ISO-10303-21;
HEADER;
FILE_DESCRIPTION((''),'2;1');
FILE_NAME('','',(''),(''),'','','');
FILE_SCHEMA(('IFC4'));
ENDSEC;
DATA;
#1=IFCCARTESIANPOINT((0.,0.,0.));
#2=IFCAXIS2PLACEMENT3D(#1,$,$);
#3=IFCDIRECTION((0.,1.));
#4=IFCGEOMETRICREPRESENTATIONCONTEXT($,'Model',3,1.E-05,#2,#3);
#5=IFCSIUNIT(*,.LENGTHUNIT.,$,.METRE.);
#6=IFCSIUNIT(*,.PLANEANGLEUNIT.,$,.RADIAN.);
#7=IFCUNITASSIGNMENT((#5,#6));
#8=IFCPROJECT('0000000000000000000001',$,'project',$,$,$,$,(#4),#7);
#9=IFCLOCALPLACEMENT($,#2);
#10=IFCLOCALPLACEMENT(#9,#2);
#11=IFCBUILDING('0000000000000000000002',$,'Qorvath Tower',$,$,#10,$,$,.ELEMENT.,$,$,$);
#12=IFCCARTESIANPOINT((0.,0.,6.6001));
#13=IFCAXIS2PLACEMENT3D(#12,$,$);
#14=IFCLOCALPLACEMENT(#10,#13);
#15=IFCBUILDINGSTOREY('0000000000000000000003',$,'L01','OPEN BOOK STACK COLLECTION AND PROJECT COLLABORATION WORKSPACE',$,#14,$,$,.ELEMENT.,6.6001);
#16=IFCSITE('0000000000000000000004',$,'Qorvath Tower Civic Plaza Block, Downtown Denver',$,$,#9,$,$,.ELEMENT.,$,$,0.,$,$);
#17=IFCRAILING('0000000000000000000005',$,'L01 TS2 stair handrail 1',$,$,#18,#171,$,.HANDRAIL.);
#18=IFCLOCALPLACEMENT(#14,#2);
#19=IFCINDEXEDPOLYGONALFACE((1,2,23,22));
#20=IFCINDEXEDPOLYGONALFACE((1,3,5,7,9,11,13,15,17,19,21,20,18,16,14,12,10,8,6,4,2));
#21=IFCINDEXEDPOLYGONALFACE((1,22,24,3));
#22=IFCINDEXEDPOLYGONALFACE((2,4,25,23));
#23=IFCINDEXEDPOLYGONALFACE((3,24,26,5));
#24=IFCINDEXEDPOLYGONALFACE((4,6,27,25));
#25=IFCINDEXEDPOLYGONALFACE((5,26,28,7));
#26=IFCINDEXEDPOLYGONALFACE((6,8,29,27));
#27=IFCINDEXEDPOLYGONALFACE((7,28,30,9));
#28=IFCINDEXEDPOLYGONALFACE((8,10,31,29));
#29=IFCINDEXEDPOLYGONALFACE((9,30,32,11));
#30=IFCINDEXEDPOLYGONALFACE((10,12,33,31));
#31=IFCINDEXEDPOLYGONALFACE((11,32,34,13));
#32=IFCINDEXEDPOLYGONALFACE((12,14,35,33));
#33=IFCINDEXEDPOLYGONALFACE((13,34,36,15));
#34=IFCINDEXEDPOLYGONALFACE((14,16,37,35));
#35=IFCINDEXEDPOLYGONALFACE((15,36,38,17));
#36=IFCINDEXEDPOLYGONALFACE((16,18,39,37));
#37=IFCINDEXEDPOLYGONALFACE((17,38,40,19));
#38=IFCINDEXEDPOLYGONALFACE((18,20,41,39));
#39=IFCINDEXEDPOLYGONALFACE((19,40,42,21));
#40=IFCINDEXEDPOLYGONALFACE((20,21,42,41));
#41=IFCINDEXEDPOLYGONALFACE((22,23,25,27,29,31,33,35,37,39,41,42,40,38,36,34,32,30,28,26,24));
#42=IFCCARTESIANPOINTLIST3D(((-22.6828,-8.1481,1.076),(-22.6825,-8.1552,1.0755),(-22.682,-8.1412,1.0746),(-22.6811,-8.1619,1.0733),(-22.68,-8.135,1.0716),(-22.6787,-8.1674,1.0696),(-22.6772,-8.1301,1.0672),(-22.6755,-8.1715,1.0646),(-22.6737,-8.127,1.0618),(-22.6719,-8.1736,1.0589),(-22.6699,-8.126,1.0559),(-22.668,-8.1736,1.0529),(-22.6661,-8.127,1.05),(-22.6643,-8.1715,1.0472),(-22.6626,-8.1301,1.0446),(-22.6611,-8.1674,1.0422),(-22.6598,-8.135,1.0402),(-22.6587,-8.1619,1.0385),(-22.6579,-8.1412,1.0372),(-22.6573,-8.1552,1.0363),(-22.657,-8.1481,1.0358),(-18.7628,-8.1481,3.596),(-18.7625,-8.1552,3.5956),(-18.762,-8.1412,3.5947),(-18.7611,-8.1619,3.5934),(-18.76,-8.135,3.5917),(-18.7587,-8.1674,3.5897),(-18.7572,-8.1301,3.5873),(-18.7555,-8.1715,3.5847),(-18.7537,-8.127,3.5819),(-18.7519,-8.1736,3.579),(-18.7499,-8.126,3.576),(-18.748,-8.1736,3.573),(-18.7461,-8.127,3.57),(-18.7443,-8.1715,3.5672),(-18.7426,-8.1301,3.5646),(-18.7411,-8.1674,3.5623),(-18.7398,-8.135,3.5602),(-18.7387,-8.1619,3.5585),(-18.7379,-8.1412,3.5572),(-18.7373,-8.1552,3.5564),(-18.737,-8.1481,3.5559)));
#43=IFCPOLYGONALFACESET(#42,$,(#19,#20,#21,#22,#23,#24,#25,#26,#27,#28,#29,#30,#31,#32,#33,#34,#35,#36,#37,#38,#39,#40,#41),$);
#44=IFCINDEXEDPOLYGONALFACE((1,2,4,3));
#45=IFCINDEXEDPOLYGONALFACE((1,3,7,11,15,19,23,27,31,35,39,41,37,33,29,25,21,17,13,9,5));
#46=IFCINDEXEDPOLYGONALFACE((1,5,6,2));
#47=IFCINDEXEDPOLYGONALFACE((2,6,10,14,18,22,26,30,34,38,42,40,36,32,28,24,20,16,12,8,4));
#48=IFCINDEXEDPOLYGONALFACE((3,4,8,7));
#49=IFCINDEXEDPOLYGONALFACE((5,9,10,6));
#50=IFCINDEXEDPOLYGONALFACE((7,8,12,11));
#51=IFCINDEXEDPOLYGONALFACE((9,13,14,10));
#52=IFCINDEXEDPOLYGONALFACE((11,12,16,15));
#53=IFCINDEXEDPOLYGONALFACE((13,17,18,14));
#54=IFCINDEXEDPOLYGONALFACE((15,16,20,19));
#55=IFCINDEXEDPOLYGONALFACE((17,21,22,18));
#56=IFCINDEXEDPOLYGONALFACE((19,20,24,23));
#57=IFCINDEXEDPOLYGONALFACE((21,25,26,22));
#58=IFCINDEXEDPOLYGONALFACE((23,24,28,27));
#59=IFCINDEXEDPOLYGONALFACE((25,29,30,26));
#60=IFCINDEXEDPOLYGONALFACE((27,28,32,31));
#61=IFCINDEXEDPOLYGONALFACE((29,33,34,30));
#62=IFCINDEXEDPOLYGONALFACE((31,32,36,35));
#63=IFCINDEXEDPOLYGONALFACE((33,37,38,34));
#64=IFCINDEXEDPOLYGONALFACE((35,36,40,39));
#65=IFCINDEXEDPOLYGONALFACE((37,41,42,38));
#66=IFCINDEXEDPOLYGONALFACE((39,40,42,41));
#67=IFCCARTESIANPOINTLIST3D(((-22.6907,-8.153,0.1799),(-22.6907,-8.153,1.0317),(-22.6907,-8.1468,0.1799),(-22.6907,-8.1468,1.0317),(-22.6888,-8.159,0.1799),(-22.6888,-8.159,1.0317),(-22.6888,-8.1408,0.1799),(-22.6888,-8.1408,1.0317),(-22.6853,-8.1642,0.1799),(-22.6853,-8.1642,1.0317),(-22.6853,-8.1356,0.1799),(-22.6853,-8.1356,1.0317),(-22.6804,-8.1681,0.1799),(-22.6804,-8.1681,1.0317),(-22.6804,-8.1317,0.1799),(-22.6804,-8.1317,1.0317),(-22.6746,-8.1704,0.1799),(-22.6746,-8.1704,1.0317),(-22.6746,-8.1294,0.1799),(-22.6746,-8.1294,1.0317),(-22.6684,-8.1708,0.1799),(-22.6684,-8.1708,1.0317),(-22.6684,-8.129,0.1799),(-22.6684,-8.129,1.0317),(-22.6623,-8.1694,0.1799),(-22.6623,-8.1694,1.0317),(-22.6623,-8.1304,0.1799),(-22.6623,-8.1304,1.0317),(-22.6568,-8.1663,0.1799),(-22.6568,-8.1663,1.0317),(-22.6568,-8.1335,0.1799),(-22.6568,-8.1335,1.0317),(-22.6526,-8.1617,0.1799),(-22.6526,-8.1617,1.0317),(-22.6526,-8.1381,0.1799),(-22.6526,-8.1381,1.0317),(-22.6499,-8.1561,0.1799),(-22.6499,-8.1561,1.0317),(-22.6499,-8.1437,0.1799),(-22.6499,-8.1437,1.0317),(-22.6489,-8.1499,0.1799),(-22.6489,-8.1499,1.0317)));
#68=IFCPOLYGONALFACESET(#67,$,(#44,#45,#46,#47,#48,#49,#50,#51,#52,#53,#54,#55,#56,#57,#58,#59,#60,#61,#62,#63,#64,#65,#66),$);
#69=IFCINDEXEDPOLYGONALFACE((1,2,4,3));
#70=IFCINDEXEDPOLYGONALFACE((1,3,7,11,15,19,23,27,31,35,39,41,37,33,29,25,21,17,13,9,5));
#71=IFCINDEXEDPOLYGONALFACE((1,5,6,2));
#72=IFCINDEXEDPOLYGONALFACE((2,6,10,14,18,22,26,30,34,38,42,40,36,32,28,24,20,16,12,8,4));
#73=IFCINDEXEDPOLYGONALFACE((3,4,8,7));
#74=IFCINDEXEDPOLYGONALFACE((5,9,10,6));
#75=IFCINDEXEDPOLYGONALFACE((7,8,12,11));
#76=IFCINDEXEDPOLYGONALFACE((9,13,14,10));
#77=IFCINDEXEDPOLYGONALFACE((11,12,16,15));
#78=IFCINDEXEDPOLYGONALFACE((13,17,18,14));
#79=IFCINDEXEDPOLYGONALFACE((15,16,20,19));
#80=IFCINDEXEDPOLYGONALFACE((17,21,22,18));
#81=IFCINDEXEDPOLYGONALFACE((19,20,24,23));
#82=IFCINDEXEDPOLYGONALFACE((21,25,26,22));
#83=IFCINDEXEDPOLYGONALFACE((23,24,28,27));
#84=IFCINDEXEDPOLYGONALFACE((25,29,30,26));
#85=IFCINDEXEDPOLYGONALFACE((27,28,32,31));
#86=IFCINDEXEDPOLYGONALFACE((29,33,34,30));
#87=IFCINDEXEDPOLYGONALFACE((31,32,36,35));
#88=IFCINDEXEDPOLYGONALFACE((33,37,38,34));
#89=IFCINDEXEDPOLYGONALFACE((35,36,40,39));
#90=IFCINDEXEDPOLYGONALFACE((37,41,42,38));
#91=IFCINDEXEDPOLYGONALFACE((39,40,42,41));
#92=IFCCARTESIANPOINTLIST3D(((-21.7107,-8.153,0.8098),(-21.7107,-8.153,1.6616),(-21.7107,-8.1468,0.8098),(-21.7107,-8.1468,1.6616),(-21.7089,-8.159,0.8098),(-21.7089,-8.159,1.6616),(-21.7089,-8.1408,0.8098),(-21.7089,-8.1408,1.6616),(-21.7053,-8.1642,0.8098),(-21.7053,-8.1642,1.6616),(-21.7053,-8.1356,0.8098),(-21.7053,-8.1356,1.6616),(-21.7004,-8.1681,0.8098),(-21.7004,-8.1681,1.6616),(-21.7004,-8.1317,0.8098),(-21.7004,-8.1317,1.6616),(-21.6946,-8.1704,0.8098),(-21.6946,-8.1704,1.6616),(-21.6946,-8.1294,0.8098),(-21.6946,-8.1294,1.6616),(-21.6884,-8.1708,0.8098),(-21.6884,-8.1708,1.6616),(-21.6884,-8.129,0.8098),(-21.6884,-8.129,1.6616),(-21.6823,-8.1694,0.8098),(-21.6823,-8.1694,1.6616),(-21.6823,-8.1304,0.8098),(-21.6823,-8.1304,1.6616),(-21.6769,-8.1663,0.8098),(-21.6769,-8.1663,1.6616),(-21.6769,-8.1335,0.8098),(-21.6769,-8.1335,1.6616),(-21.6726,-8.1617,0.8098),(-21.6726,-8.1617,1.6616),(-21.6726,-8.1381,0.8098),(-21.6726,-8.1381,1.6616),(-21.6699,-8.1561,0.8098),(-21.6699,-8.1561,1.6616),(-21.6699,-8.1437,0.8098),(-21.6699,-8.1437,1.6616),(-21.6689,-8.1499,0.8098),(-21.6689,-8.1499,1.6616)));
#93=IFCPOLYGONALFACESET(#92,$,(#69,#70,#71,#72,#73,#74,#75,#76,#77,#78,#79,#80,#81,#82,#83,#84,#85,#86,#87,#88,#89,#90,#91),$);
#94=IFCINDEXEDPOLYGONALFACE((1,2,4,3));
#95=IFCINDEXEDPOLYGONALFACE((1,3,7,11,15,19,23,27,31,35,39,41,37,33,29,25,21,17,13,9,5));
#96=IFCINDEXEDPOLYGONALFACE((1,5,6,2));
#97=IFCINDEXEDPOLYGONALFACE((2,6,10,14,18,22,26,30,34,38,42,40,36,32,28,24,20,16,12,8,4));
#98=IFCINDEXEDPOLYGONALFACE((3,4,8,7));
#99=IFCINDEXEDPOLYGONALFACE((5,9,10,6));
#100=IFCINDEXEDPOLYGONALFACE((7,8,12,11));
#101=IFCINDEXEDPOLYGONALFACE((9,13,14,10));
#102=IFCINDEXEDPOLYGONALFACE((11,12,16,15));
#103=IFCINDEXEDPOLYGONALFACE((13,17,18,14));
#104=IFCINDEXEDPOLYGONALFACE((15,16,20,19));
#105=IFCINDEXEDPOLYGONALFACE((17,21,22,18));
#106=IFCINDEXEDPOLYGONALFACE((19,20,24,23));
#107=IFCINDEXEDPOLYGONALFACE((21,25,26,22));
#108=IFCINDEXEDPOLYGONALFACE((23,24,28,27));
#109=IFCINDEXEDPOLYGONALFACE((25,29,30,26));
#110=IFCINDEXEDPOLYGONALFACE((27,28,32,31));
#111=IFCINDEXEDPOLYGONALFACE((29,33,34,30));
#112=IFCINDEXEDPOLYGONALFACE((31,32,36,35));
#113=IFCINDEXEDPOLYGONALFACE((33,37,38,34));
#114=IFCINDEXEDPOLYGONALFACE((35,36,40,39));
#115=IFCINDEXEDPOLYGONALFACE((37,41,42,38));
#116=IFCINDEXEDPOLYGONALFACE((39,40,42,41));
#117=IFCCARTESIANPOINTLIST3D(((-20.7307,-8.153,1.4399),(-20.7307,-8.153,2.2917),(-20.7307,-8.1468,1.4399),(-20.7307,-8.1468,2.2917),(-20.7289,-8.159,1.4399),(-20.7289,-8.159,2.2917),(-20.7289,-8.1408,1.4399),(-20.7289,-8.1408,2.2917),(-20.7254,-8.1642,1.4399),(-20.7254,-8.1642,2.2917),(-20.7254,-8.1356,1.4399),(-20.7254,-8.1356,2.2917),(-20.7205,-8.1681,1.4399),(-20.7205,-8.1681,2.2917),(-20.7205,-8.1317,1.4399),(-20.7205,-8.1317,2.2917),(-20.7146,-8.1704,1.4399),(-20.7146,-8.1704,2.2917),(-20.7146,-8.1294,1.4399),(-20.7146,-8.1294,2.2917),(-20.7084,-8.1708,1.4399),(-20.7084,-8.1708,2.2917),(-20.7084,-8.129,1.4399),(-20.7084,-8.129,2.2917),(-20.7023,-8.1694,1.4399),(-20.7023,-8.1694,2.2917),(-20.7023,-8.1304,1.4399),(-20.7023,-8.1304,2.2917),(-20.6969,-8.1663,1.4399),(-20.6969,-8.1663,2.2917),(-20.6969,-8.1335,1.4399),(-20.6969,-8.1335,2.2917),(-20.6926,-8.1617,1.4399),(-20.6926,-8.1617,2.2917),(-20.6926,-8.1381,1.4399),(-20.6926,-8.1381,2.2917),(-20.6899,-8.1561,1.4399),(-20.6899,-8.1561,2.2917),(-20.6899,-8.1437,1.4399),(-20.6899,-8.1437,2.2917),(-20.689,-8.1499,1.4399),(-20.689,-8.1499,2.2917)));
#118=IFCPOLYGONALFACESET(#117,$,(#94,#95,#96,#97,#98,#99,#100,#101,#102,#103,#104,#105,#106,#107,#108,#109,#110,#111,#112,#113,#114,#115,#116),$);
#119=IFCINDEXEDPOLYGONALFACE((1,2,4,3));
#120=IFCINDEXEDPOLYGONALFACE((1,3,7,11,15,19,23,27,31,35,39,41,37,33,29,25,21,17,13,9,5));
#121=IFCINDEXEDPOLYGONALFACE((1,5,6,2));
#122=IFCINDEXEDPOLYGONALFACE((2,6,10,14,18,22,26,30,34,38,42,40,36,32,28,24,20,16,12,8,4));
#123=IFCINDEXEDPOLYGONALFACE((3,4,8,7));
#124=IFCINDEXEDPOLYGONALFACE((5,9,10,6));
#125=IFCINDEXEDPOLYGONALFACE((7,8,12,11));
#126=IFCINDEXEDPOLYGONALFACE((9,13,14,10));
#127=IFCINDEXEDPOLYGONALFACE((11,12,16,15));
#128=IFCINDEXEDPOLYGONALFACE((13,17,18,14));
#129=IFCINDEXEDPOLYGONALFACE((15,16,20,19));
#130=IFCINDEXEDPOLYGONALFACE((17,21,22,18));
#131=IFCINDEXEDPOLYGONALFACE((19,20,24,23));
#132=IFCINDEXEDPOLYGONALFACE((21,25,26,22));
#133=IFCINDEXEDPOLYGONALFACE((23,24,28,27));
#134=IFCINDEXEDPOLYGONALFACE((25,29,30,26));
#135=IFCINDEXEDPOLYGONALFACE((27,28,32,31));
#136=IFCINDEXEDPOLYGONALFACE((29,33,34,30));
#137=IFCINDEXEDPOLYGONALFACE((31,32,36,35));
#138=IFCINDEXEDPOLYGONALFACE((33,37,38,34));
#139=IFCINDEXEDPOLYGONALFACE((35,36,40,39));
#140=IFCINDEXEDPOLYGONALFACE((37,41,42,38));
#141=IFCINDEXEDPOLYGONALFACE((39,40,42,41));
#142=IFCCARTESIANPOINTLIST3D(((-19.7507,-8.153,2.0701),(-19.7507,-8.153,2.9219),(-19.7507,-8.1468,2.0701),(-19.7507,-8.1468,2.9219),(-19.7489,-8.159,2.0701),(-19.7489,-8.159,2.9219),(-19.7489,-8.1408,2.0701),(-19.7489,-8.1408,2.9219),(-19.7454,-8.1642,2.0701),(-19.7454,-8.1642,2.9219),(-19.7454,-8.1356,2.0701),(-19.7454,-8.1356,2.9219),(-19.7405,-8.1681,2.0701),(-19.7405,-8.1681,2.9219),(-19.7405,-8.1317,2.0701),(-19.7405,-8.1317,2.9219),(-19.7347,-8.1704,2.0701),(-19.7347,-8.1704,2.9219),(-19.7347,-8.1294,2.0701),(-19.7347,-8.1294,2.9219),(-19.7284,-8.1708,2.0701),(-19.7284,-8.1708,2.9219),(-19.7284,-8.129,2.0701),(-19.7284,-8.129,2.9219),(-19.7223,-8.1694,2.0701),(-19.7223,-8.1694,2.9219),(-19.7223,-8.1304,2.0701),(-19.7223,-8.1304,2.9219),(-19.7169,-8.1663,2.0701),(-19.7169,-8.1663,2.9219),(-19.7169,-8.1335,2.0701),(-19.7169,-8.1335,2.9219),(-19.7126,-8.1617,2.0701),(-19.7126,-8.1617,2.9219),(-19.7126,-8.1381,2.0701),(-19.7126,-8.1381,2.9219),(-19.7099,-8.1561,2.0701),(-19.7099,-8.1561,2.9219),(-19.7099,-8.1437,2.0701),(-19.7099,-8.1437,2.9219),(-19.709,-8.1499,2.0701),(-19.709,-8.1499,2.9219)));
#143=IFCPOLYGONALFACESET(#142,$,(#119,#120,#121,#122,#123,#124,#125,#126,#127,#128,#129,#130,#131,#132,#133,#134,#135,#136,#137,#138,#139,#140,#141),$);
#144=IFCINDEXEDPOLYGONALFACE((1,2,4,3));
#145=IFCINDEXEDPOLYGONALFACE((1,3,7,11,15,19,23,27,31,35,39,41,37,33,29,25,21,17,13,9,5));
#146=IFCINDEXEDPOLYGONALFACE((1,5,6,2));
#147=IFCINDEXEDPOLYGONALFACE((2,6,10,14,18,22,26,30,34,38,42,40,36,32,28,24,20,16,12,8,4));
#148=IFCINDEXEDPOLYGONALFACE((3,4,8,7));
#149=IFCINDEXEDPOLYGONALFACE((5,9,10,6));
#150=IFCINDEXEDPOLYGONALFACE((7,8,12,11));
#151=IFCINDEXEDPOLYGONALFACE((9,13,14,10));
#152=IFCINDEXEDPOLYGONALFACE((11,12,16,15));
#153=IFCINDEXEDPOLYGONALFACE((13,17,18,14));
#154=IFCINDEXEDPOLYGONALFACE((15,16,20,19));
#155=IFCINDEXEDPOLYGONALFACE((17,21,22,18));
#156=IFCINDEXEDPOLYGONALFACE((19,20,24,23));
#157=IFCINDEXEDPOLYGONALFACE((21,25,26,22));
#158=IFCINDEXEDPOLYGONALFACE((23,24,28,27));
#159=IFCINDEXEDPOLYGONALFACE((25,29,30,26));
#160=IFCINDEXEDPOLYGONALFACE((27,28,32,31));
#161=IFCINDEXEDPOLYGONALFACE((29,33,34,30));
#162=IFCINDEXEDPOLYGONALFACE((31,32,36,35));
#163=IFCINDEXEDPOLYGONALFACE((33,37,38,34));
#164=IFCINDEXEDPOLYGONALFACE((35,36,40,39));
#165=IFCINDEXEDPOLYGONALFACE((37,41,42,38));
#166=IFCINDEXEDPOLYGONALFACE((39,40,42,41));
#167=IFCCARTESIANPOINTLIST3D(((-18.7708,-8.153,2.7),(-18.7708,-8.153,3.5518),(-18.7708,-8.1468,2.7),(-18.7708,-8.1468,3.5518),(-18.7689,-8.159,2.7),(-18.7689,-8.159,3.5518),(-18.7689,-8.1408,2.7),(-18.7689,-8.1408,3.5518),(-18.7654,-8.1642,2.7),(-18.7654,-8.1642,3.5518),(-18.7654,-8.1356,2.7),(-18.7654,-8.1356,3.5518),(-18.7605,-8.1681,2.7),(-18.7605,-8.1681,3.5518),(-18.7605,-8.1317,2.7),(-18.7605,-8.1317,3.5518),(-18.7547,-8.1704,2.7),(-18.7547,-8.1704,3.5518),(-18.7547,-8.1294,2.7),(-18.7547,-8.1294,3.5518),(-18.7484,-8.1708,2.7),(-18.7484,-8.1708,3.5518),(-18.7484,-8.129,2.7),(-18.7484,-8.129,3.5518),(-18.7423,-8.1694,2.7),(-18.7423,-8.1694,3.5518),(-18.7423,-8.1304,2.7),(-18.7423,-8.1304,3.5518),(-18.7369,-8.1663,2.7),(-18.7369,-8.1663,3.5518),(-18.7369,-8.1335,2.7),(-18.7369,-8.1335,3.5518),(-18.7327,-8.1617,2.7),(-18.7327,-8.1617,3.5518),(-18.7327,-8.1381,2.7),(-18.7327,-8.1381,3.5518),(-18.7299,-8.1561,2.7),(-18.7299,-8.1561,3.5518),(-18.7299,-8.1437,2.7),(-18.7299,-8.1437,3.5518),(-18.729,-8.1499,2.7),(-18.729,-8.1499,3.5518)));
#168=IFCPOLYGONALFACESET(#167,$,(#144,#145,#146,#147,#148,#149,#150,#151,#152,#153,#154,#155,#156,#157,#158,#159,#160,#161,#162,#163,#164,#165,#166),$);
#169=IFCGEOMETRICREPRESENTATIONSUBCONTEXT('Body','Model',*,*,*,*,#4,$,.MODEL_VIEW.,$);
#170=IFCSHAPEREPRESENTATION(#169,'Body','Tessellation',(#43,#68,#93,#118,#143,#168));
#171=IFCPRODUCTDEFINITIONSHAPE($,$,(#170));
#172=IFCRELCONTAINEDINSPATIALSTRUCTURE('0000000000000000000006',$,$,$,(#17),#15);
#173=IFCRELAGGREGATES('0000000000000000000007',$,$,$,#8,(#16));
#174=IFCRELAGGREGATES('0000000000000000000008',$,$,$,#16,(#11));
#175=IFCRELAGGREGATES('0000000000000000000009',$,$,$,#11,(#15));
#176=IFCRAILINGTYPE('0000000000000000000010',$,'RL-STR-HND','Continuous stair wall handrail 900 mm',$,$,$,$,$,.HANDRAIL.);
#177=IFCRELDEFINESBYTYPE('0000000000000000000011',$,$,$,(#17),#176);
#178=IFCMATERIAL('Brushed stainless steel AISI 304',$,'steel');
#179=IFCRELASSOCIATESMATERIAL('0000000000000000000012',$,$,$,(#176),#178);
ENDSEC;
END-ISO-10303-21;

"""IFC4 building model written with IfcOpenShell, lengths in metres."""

from ifc_helpers import new_model, si_unit, direction, frame, origin, origin_2d, place, context, subcontext, project, spatial, circle, extrude, material, type_object, element, save


model = new_model("IFC4")

# Units and contexts
model_context = context("Model", 3, precision=1e-05, world=origin(), true_north=direction((0.0, 1.0)))
body_context = subcontext(model_context, "Body", "Model", "MODEL_VIEW")
ifc_project = project(units=[si_unit("LENGTHUNIT", "METRE"), si_unit("PLANEANGLEUNIT", "RADIAN")], contexts=[model_context])

# Site, building, storey
site_placement = place(None, origin())
site = spatial("IfcSite", under=ifc_project, at=site_placement, Name="Qorvath Tower Civic Plaza Block, Downtown Denver", CompositionType="ELEMENT", RefElevation=0.0)
building_placement = place(site_placement, origin())
building = spatial("IfcBuilding", under=site, at=building_placement, Name="Qorvath Tower", CompositionType="ELEMENT")
storey_placement = place(building_placement, frame((0.0, 0.0, 6.6001)))
storey = spatial("IfcBuildingStorey", under=building, at=storey_placement, Name="L01", Description="OPEN BOOK STACK COLLECTION AND PROJECT COLLABORATION WORKSPACE", CompositionType="ELEMENT", Elevation=6.6001)

# Railing
ifc_material_1 = material(Name="Brushed stainless steel AISI 304", Category="steel")
railing_type_1 = type_object("IfcRailingType", Name="RL-STR-HND", Description="Continuous stair wall handrail 900 mm", PredefinedType="HANDRAIL", material=ifc_material_1)
railing_1_placement = place(storey_placement, frame((-22.6699, -8.1499, 0.1799)))
element("IfcRailing", 1, at=railing_1_placement, inside=storey, type_object=railing_type_1, Name="L01 TS2 stair handrail 1", PredefinedType="HANDRAIL", context=body_context, shape_type="SweptSolid", body=[
    extrude(circle(Radius=0.0239, at=origin_2d()), frame((0.0, 0.0, 0.876), z_axis=(0.841172, 0.0, 0.540768), x_axis=(0.0, 1.0, 0.0)), (0.0, 0.0, 1.0), 4.6602),
    extrude(circle(Radius=0.021, at=origin_2d()), origin(), (0.0, 0.0, 1.0), 0.8518),
    extrude(circle(Radius=0.021, at=origin_2d()), frame((0.98, 0.0, 0.6299)), (0.0, 0.0, 1.0), 0.8518),
    extrude(circle(Radius=0.021, at=origin_2d()), frame((1.96, 0.0, 1.26)), (0.0, 0.0, 1.0), 0.8518),
    extrude(circle(Radius=0.021, at=origin_2d()), frame((2.9399, 0.0, 1.8901)), (0.0, 0.0, 1.0), 0.8518),
    extrude(circle(Radius=0.021, at=origin_2d()), frame((3.9199, 0.0, 2.52)), (0.0, 0.0, 1.0), 0.8518),
])

save(model, "model.ifc")
